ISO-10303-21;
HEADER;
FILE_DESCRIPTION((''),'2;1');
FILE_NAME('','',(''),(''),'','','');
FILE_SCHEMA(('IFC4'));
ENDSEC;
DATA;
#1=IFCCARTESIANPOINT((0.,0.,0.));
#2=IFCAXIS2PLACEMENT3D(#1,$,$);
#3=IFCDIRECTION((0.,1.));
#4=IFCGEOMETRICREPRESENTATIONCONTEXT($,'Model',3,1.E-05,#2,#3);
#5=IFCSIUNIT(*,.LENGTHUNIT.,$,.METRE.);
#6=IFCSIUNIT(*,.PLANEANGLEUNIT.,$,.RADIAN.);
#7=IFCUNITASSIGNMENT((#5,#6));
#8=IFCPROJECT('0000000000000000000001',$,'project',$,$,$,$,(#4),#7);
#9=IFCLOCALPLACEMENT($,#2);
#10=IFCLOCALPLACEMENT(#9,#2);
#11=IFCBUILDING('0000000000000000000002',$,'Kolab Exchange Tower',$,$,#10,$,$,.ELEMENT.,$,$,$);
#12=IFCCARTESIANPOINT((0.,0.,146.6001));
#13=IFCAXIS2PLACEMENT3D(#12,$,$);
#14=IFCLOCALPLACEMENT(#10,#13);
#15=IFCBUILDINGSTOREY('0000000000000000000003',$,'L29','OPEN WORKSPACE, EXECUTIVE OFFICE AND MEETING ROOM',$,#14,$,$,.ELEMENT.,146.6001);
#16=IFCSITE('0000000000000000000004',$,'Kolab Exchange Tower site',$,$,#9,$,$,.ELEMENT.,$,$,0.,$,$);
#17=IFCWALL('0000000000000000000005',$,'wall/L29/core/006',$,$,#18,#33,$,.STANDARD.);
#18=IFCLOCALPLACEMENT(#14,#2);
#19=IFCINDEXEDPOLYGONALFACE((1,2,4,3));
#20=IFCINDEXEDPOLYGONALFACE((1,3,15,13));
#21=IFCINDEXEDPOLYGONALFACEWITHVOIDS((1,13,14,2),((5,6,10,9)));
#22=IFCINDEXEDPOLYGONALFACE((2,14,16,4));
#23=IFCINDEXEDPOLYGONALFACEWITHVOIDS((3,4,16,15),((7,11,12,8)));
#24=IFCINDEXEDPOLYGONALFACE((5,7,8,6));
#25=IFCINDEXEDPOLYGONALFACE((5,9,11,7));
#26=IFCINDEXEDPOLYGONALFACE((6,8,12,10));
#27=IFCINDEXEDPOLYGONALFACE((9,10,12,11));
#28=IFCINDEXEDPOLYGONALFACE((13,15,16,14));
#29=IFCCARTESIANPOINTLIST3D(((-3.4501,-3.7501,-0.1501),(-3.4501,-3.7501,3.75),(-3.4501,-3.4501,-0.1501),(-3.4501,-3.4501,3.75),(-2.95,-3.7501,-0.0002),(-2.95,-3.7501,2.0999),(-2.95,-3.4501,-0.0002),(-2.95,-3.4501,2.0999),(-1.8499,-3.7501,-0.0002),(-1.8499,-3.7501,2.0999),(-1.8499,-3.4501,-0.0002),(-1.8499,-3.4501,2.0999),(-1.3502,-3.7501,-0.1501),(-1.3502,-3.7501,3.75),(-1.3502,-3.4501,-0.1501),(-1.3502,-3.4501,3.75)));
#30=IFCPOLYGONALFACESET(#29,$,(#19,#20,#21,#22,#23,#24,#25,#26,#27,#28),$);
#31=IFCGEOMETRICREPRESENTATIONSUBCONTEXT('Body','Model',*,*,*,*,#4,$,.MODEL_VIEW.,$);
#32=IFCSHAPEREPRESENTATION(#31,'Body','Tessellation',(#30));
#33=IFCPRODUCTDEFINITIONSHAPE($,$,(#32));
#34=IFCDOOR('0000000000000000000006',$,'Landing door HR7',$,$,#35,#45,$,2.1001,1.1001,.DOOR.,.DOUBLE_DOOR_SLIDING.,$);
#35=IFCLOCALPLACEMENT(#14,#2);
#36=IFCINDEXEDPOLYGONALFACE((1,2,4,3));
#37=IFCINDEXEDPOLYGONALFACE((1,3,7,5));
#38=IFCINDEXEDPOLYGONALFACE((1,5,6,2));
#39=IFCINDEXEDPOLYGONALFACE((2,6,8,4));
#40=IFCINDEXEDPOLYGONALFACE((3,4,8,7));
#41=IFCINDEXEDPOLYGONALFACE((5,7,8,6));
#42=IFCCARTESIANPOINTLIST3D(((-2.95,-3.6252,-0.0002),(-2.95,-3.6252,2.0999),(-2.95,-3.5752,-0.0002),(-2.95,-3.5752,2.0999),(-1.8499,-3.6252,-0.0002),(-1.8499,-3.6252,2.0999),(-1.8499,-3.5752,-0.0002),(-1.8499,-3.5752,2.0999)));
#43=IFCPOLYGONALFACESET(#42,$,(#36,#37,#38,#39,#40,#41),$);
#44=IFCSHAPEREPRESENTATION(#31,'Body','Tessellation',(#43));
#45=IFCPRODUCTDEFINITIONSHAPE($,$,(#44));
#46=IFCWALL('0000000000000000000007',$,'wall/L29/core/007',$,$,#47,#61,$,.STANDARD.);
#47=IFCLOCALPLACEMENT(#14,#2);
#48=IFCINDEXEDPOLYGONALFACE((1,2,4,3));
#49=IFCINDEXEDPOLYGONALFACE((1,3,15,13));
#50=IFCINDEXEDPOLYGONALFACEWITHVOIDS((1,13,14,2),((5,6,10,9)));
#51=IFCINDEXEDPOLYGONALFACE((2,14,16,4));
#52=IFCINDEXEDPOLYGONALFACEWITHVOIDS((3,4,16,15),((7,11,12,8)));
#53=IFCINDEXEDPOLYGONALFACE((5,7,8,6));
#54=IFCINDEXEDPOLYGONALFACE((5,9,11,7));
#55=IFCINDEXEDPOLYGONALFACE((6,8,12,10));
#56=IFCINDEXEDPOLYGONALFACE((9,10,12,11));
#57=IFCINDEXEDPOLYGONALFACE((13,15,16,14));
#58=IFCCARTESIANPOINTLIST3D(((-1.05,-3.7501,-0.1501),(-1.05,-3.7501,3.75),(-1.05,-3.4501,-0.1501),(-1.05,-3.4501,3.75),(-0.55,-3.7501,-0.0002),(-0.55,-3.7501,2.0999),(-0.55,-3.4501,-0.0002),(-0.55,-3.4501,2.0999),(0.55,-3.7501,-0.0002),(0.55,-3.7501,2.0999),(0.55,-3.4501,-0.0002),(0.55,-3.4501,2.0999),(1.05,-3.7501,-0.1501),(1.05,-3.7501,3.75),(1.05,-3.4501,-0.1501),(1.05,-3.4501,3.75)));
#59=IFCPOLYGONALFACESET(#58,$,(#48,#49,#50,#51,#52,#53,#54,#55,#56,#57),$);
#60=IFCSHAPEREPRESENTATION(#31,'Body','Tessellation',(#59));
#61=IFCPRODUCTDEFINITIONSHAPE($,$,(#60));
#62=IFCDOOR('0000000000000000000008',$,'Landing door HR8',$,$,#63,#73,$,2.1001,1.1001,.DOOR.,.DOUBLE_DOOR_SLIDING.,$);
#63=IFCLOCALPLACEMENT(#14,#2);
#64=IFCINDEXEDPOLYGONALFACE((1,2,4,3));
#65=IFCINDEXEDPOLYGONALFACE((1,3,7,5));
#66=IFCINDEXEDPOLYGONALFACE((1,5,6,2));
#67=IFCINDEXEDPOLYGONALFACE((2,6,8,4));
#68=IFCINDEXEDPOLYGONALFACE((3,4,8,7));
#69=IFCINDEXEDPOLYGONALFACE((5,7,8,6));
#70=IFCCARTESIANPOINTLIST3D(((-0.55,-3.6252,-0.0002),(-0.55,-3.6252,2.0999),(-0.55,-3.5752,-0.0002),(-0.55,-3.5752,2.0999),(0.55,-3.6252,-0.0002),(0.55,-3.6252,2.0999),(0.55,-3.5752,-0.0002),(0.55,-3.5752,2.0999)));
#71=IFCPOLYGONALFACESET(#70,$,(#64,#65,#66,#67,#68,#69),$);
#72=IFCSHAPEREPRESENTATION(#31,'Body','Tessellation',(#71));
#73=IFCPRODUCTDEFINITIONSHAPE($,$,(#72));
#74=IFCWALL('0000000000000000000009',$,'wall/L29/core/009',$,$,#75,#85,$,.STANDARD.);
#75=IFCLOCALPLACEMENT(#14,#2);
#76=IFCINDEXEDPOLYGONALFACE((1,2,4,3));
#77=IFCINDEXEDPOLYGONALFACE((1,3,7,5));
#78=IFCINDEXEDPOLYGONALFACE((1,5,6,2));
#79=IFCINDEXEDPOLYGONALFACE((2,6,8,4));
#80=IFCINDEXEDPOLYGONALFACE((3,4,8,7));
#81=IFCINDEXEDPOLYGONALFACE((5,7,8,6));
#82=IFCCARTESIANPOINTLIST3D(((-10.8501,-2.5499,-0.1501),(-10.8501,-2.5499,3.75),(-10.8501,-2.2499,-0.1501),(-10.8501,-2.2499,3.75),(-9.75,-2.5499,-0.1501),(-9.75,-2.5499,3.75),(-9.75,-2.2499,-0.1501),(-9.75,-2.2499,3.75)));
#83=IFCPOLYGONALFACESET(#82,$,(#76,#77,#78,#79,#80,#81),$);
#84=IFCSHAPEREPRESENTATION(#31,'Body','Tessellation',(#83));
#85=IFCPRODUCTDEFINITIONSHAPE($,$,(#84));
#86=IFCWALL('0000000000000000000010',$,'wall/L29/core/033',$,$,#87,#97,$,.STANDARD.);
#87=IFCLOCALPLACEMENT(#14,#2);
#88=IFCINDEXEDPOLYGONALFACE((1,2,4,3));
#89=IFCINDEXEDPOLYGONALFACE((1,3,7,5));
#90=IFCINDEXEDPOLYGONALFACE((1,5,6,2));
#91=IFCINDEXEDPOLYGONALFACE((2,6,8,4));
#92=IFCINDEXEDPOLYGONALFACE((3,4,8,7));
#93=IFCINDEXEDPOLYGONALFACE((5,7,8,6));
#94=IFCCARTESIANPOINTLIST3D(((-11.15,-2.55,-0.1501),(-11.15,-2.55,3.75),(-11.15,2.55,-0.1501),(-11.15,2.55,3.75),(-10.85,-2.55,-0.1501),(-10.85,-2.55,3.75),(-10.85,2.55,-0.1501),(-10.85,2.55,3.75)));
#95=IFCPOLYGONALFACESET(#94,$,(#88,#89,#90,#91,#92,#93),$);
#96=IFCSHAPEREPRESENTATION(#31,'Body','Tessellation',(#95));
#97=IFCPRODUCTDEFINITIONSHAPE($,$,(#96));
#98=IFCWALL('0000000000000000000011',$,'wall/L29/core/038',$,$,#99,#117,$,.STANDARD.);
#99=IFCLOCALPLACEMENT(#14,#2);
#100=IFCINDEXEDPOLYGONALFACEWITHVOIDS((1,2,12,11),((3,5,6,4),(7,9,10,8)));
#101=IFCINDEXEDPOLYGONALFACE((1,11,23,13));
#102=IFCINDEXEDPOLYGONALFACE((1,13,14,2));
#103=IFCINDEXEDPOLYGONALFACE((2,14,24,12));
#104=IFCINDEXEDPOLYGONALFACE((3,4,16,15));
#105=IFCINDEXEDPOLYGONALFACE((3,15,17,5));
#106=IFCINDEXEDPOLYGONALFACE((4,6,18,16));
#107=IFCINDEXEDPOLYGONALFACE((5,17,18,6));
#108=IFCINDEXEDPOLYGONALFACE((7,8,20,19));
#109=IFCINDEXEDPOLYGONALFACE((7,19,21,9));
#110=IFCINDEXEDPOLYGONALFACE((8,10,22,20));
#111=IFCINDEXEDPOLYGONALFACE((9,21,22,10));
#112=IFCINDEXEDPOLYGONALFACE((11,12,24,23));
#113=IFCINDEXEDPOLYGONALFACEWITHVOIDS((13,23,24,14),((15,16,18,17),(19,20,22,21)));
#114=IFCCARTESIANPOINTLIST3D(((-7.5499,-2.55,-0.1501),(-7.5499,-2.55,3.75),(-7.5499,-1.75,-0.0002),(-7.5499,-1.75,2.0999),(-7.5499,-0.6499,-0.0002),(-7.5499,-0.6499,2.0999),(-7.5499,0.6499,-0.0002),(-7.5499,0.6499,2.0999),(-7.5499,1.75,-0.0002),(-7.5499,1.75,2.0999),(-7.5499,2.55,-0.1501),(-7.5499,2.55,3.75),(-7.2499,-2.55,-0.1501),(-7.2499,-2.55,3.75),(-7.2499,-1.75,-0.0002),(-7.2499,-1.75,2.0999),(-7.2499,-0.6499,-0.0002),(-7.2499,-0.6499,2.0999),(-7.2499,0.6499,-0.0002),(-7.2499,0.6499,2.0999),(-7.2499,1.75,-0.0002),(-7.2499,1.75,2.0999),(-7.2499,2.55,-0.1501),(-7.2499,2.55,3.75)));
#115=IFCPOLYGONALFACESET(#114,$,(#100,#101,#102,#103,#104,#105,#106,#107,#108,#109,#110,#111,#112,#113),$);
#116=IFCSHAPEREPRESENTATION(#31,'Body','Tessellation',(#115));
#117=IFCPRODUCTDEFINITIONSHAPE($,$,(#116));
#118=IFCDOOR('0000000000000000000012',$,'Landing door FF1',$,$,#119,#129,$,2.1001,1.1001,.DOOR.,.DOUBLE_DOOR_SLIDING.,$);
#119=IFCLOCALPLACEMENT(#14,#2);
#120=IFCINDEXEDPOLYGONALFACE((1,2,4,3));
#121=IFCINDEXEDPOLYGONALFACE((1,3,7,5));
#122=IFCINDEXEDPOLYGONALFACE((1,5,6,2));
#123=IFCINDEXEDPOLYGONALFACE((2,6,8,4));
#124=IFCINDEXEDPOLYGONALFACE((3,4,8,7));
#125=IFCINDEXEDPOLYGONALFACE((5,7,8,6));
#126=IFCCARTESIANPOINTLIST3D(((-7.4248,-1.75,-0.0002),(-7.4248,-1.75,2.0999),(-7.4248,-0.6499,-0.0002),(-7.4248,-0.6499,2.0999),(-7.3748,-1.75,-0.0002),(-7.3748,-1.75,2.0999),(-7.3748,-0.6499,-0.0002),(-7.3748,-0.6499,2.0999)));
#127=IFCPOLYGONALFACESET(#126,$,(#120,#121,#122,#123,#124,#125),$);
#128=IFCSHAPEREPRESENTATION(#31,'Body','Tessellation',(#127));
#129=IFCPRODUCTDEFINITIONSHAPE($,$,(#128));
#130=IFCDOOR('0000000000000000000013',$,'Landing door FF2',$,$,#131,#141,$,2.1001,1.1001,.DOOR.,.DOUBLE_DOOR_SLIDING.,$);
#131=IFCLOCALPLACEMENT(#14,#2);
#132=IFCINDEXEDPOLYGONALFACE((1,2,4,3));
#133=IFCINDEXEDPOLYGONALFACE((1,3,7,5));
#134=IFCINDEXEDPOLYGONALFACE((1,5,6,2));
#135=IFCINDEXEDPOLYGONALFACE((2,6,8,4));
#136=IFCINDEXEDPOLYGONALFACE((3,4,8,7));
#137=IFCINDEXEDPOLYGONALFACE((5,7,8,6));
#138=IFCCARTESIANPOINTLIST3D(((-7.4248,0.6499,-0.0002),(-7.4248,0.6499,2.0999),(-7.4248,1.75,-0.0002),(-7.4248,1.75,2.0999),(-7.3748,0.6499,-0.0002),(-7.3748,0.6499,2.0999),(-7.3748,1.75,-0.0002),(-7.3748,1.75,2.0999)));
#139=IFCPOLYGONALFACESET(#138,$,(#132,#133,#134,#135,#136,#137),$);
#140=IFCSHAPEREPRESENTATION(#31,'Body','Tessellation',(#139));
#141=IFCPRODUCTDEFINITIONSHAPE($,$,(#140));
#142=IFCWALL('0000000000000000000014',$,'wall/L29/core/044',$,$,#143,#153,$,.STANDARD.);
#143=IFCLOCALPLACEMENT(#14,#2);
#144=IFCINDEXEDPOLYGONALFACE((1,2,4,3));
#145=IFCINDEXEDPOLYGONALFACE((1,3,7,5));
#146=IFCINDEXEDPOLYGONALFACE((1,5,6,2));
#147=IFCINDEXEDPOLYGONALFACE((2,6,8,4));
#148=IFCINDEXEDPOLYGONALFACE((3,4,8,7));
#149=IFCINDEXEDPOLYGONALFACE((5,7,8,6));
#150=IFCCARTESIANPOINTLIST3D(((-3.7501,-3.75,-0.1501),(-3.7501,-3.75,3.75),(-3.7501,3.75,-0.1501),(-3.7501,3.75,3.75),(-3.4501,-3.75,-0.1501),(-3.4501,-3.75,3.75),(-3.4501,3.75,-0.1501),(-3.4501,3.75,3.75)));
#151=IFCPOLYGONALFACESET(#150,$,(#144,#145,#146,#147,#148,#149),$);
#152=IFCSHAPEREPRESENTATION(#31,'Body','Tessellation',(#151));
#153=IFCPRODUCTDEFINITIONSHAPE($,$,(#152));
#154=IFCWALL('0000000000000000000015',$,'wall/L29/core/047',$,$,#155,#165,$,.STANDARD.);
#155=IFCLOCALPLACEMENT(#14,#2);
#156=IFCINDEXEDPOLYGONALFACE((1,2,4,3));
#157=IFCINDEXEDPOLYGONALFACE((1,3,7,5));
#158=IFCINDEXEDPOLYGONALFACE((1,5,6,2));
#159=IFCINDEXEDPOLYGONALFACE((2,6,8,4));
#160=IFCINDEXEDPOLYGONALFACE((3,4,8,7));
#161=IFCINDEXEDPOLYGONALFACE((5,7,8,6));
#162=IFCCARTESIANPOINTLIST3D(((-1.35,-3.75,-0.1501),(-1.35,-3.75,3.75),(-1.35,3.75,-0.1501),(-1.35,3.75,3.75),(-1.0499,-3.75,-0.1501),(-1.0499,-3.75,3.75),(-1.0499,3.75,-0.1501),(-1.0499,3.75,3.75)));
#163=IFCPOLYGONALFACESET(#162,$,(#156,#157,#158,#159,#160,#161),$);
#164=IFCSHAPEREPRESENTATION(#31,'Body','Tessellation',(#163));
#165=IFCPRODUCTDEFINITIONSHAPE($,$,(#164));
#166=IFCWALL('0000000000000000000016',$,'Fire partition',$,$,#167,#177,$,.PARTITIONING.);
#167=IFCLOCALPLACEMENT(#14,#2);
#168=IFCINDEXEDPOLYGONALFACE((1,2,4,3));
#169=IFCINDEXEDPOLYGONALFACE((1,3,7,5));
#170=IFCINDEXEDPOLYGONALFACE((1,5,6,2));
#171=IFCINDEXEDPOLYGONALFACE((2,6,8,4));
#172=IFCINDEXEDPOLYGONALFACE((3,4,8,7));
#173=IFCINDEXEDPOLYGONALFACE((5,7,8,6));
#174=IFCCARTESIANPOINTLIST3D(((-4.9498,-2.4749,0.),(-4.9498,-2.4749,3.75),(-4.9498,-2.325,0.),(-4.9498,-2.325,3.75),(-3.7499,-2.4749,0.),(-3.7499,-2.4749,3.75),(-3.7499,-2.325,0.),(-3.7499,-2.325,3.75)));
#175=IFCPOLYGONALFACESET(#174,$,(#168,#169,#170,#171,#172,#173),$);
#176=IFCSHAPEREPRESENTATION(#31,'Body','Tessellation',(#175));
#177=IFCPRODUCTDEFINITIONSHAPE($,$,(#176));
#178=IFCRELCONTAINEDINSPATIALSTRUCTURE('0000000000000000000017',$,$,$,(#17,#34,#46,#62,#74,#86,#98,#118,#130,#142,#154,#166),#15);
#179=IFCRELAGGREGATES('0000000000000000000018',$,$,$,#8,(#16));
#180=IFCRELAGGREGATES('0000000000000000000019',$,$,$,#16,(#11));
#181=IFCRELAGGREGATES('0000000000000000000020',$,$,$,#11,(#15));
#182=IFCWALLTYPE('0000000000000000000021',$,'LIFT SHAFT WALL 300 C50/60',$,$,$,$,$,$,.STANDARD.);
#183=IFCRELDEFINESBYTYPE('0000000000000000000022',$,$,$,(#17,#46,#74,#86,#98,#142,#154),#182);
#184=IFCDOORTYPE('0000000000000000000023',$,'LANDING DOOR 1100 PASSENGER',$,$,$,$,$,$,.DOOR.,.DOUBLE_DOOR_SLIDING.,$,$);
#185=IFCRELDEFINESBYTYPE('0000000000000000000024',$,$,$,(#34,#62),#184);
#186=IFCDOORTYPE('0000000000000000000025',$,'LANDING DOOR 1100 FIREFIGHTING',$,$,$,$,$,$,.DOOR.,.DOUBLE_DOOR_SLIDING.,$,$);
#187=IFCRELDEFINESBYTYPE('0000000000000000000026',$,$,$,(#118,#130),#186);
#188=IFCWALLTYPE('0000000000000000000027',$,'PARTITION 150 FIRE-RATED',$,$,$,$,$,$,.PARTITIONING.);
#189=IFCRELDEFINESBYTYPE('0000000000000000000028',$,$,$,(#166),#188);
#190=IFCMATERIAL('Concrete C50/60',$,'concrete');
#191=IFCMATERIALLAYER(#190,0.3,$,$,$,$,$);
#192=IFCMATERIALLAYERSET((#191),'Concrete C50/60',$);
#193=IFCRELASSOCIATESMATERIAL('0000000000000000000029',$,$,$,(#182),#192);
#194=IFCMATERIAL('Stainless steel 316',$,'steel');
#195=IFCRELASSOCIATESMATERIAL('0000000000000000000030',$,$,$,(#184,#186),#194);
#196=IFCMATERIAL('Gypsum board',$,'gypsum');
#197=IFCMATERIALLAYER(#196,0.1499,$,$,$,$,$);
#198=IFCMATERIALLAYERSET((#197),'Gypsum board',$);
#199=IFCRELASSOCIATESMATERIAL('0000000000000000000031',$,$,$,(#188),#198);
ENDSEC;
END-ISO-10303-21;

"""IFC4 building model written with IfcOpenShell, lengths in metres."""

from ifc_helpers import new_model, si_unit, direction, frame, frame_2d, origin, place, context, subcontext, project, spatial, rectangle, extrude, material, layer, layer_set, type_object, element, fill, save


model = new_model("IFC4")

# Units and contexts
model_context = context("Model", 3, precision=1e-05, world=origin(), true_north=direction((0.0, 1.0)))
body_context = subcontext(model_context, "Body", "Model", "MODEL_VIEW")
ifc_project = project(units=[si_unit("LENGTHUNIT", "METRE"), si_unit("PLANEANGLEUNIT", "RADIAN")], contexts=[model_context])

# Site, building, storey
site_placement = place(None, origin())
site = spatial("IfcSite", under=ifc_project, at=site_placement, Name="Kolab Exchange Tower site", CompositionType="ELEMENT", RefElevation=0.0)
building_placement = place(site_placement, origin())
building = spatial("IfcBuilding", under=site, at=building_placement, Name="Kolab Exchange Tower", CompositionType="ELEMENT")
storey_placement = place(building_placement, frame((0.0, 0.0, 146.6001)))
storey = spatial("IfcBuildingStorey", under=building, at=storey_placement, Name="L29", Description="OPEN WORKSPACE, EXECUTIVE OFFICE AND MEETING ROOM", CompositionType="ELEMENT", Elevation=146.6001)

# Walls, openings, doors
ifc_material_1 = material(Name="Concrete C50/60", Category="concrete")
ifc_layer_1 = layer(ifc_material_1, 0.3)
ifc_layer_set_1 = layer_set([ifc_layer_1], Name="Concrete C50/60")
wall_type_1 = type_object("IfcWallType", Name="LIFT SHAFT WALL 300 C50/60", PredefinedType="STANDARD", material=ifc_layer_set_1)
wall_1_placement = place(storey_placement, frame((-3.45, -3.6001, -0.1501), z_axis=(0.0, 0.0, 1.0), x_axis=(1.0, 0.0, 0.0)))
wall_1 = element("IfcWall", 1, at=wall_1_placement, inside=storey, type_object=wall_type_1, Name="wall/L29/core/006", PredefinedType="STANDARD", context=body_context, shape_type="SweptSolid", body=[
    extrude(rectangle(XDim=2.0999, YDim=0.3, at=frame_2d((1.0498, 0.0))), origin(), (0.0, 0.0, 1.0), 3.9001),
])
opening_1_placement = place(wall_1_placement, frame((0.5, 0.0, 0.1499)))
opening_1 = element("IfcOpeningElement", 2, at=opening_1_placement, cuts=wall_1, PredefinedType="OPENING", context=body_context, shape_type="SweptSolid", body=[
    extrude(rectangle(XDim=1.1001, YDim=2.1001, at=frame_2d((0.55, 1.05))), frame((0.0, 0.1602, 0.0), z_axis=(0.0, -1.0, 0.0), x_axis=(1.0, 0.0, 0.0)), (0.0, 0.0, 1.0), 0.3201),
])
ifc_material_2 = material(Name="Stainless steel 316", Category="steel")
door_type_1 = type_object("IfcDoorType", Name="LANDING DOOR 1100 PASSENGER", OperationType="DOUBLE_DOOR_SLIDING", PredefinedType="DOOR", material=ifc_material_2)
door_1_placement = place(opening_1_placement, origin())
door_1 = element("IfcDoor", 3, at=door_1_placement, inside=storey, type_object=door_type_1, Name="Landing door HR7", OperationType="DOUBLE_DOOR_SLIDING", OverallHeight=2.1001, OverallWidth=1.1001, PredefinedType="DOOR", context=body_context, shape_type="SweptSolid", body=[
    extrude(rectangle(XDim=1.1001, YDim=2.1001, at=frame_2d((0.55, 1.05))), frame((0.0, 0.0249, 0.0), z_axis=(0.0, -1.0, 0.0), x_axis=(1.0, 0.0, 0.0)), (0.0, 0.0, 1.0), 0.05),
])
fill(opening_1, door_1)
wall_2_placement = place(storey_placement, frame((-1.05, -3.6001, -0.1501), z_axis=(0.0, 0.0, 1.0), x_axis=(1.0, 0.0, 0.0)))
wall_2 = element("IfcWall", 4, at=wall_2_placement, inside=storey, type_object=wall_type_1, Name="wall/L29/core/007", PredefinedType="STANDARD", context=body_context, shape_type="SweptSolid", body=[
    extrude(rectangle(XDim=2.1001, YDim=0.3, at=frame_2d((1.05, 0.0))), origin(), (0.0, 0.0, 1.0), 3.9001),
])
opening_2_placement = place(wall_2_placement, frame((0.5, 0.0, 0.1499)))
opening_2 = element("IfcOpeningElement", 5, at=opening_2_placement, cuts=wall_2, PredefinedType="OPENING", context=body_context, shape_type="SweptSolid", body=[
    extrude(rectangle(XDim=1.1001, YDim=2.1001, at=frame_2d((0.55, 1.05))), frame((0.0, 0.1602, 0.0), z_axis=(0.0, -1.0, 0.0), x_axis=(1.0, 0.0, 0.0)), (0.0, 0.0, 1.0), 0.3201),
])
door_2_placement = place(opening_2_placement, origin())
door_2 = element("IfcDoor", 6, at=door_2_placement, inside=storey, type_object=door_type_1, Name="Landing door HR8", OperationType="DOUBLE_DOOR_SLIDING", OverallHeight=2.1001, OverallWidth=1.1001, PredefinedType="DOOR", context=body_context, shape_type="SweptSolid", body=[
    extrude(rectangle(XDim=1.1001, YDim=2.1001, at=frame_2d((0.55, 1.05))), frame((0.0, 0.0249, 0.0), z_axis=(0.0, -1.0, 0.0), x_axis=(1.0, 0.0, 0.0)), (0.0, 0.0, 1.0), 0.05),
])
fill(opening_2, door_2)

# Walls
wall_3_placement = place(storey_placement, frame((-10.8501, -2.3999, -0.1501), z_axis=(0.0, 0.0, 1.0), x_axis=(1.0, 0.0, 0.0)))
element("IfcWall", 7, at=wall_3_placement, inside=storey, type_object=wall_type_1, Name="wall/L29/core/009", PredefinedType="STANDARD", context=body_context, shape_type="SweptSolid", body=[
    extrude(rectangle(XDim=1.1001, YDim=0.3, at=frame_2d((0.55, 0.0))), origin(), (0.0, 0.0, 1.0), 3.9001),
])
wall_4_placement = place(storey_placement, frame((-11.0, -2.55, -0.1501), z_axis=(0.0, 0.0, 1.0), x_axis=(0.0, 1.0, 0.0)))
element("IfcWall", 8, at=wall_4_placement, inside=storey, type_object=wall_type_1, Name="wall/L29/core/033", PredefinedType="STANDARD", context=body_context, shape_type="SweptSolid", body=[
    extrude(rectangle(XDim=5.1001, YDim=0.3, at=frame_2d((2.55, 0.0))), origin(), (0.0, 0.0, 1.0), 3.9001),
])

# Wall, openings, doors
wall_5_placement = place(storey_placement, frame((-7.3999, -2.55, -0.1501), z_axis=(0.0, 0.0, 1.0), x_axis=(0.0, 1.0, 0.0)))
wall_5 = element("IfcWall", 9, at=wall_5_placement, inside=storey, type_object=wall_type_1, Name="wall/L29/core/038", PredefinedType="STANDARD", context=body_context, shape_type="SweptSolid", body=[
    extrude(rectangle(XDim=5.1001, YDim=0.3, at=frame_2d((2.55, 0.0))), origin(), (0.0, 0.0, 1.0), 3.9001),
])
opening_3_placement = place(wall_5_placement, frame((0.8, 0.0, 0.1499)))
opening_3 = element("IfcOpeningElement", 10, at=opening_3_placement, cuts=wall_5, PredefinedType="OPENING", context=body_context, shape_type="SweptSolid", body=[
    extrude(rectangle(XDim=1.1001, YDim=2.1001, at=frame_2d((0.55, 1.05))), frame((0.0, 0.1602, 0.0), z_axis=(0.0, -1.0, 0.0), x_axis=(1.0, 0.0, 0.0)), (0.0, 0.0, 1.0), 0.3201),
])
opening_4_placement = place(wall_5_placement, frame((3.2, 0.0, 0.1499)))
opening_4 = element("IfcOpeningElement", 11, at=opening_4_placement, cuts=wall_5, PredefinedType="OPENING", context=body_context, shape_type="SweptSolid", body=[
    extrude(rectangle(XDim=1.1001, YDim=2.1001, at=frame_2d((0.55, 1.05))), frame((0.0, 0.1602, 0.0), z_axis=(0.0, -1.0, 0.0), x_axis=(1.0, 0.0, 0.0)), (0.0, 0.0, 1.0), 0.3201),
])
door_type_2 = type_object("IfcDoorType", Name="LANDING DOOR 1100 FIREFIGHTING", OperationType="DOUBLE_DOOR_SLIDING", PredefinedType="DOOR", material=ifc_material_2)
door_3_placement = place(opening_3_placement, origin())
door_3 = element("IfcDoor", 12, at=door_3_placement, inside=storey, type_object=door_type_2, Name="Landing door FF1", OperationType="DOUBLE_DOOR_SLIDING", OverallHeight=2.1001, OverallWidth=1.1001, PredefinedType="DOOR", context=body_context, shape_type="SweptSolid", body=[
    extrude(rectangle(XDim=1.1001, YDim=2.1001, at=frame_2d((0.55, 1.05))), frame((0.0, 0.0249, 0.0), z_axis=(0.0, -1.0, 0.0), x_axis=(1.0, 0.0, 0.0)), (0.0, 0.0, 1.0), 0.05),
])
fill(opening_3, door_3)
door_4_placement = place(opening_4_placement, origin())
door_4 = element("IfcDoor", 13, at=door_4_placement, inside=storey, type_object=door_type_2, Name="Landing door FF2", OperationType="DOUBLE_DOOR_SLIDING", OverallHeight=2.1001, OverallWidth=1.1001, PredefinedType="DOOR", context=body_context, shape_type="SweptSolid", body=[
    extrude(rectangle(XDim=1.1001, YDim=2.1001, at=frame_2d((0.55, 1.05))), frame((0.0, 0.0249, 0.0), z_axis=(0.0, -1.0, 0.0), x_axis=(1.0, 0.0, 0.0)), (0.0, 0.0, 1.0), 0.05),
])
fill(opening_4, door_4)

# Walls
for number, where, z_axis, x_axis, name in (
    (14, (-3.6001, -3.75, -0.1501), (0.0, 0.0, 1.0), (0.0, 1.0, 0.0), "wall/L29/core/044"),
    (15, (-1.2, -3.75, -0.1501), (0.0, 0.0, 1.0), (0.0, 1.0, 0.0), "wall/L29/core/047"),
):
    element("IfcWall", number, at=place(storey_placement, frame(where, z_axis=z_axis, x_axis=x_axis)), inside=storey, type_object=wall_type_1, Name=name, PredefinedType="STANDARD", context=body_context, shape_type="SweptSolid", body=[
        extrude(rectangle(XDim=7.5, YDim=0.3, at=frame_2d((3.75, 0.0))), origin(), (0.0, 0.0, 1.0), 3.9001),
    ])
ifc_material_3 = material(Name="Gypsum board", Category="gypsum")
ifc_layer_2 = layer(ifc_material_3, 0.1499)
ifc_layer_set_2 = layer_set([ifc_layer_2], Name="Gypsum board")
wall_type_2 = type_object("IfcWallType", Name="PARTITION 150 FIRE-RATED", PredefinedType="PARTITIONING", material=ifc_layer_set_2)
wall_6_placement = place(storey_placement, frame((-4.95, -2.3999, 0.0), z_axis=(0.0, 0.0, 1.0), x_axis=(1.0, 0.0, 0.0)))
element("IfcWall", 16, at=wall_6_placement, inside=storey, type_object=wall_type_2, Name="Fire partition", PredefinedType="PARTITIONING", context=body_context, shape_type="SweptSolid", body=[
    extrude(rectangle(XDim=1.2, YDim=0.1499, at=frame_2d((0.6001, 0.0))), origin(), (0.0, 0.0, 1.0), 3.75),
])

save(model, "model.ifc")
